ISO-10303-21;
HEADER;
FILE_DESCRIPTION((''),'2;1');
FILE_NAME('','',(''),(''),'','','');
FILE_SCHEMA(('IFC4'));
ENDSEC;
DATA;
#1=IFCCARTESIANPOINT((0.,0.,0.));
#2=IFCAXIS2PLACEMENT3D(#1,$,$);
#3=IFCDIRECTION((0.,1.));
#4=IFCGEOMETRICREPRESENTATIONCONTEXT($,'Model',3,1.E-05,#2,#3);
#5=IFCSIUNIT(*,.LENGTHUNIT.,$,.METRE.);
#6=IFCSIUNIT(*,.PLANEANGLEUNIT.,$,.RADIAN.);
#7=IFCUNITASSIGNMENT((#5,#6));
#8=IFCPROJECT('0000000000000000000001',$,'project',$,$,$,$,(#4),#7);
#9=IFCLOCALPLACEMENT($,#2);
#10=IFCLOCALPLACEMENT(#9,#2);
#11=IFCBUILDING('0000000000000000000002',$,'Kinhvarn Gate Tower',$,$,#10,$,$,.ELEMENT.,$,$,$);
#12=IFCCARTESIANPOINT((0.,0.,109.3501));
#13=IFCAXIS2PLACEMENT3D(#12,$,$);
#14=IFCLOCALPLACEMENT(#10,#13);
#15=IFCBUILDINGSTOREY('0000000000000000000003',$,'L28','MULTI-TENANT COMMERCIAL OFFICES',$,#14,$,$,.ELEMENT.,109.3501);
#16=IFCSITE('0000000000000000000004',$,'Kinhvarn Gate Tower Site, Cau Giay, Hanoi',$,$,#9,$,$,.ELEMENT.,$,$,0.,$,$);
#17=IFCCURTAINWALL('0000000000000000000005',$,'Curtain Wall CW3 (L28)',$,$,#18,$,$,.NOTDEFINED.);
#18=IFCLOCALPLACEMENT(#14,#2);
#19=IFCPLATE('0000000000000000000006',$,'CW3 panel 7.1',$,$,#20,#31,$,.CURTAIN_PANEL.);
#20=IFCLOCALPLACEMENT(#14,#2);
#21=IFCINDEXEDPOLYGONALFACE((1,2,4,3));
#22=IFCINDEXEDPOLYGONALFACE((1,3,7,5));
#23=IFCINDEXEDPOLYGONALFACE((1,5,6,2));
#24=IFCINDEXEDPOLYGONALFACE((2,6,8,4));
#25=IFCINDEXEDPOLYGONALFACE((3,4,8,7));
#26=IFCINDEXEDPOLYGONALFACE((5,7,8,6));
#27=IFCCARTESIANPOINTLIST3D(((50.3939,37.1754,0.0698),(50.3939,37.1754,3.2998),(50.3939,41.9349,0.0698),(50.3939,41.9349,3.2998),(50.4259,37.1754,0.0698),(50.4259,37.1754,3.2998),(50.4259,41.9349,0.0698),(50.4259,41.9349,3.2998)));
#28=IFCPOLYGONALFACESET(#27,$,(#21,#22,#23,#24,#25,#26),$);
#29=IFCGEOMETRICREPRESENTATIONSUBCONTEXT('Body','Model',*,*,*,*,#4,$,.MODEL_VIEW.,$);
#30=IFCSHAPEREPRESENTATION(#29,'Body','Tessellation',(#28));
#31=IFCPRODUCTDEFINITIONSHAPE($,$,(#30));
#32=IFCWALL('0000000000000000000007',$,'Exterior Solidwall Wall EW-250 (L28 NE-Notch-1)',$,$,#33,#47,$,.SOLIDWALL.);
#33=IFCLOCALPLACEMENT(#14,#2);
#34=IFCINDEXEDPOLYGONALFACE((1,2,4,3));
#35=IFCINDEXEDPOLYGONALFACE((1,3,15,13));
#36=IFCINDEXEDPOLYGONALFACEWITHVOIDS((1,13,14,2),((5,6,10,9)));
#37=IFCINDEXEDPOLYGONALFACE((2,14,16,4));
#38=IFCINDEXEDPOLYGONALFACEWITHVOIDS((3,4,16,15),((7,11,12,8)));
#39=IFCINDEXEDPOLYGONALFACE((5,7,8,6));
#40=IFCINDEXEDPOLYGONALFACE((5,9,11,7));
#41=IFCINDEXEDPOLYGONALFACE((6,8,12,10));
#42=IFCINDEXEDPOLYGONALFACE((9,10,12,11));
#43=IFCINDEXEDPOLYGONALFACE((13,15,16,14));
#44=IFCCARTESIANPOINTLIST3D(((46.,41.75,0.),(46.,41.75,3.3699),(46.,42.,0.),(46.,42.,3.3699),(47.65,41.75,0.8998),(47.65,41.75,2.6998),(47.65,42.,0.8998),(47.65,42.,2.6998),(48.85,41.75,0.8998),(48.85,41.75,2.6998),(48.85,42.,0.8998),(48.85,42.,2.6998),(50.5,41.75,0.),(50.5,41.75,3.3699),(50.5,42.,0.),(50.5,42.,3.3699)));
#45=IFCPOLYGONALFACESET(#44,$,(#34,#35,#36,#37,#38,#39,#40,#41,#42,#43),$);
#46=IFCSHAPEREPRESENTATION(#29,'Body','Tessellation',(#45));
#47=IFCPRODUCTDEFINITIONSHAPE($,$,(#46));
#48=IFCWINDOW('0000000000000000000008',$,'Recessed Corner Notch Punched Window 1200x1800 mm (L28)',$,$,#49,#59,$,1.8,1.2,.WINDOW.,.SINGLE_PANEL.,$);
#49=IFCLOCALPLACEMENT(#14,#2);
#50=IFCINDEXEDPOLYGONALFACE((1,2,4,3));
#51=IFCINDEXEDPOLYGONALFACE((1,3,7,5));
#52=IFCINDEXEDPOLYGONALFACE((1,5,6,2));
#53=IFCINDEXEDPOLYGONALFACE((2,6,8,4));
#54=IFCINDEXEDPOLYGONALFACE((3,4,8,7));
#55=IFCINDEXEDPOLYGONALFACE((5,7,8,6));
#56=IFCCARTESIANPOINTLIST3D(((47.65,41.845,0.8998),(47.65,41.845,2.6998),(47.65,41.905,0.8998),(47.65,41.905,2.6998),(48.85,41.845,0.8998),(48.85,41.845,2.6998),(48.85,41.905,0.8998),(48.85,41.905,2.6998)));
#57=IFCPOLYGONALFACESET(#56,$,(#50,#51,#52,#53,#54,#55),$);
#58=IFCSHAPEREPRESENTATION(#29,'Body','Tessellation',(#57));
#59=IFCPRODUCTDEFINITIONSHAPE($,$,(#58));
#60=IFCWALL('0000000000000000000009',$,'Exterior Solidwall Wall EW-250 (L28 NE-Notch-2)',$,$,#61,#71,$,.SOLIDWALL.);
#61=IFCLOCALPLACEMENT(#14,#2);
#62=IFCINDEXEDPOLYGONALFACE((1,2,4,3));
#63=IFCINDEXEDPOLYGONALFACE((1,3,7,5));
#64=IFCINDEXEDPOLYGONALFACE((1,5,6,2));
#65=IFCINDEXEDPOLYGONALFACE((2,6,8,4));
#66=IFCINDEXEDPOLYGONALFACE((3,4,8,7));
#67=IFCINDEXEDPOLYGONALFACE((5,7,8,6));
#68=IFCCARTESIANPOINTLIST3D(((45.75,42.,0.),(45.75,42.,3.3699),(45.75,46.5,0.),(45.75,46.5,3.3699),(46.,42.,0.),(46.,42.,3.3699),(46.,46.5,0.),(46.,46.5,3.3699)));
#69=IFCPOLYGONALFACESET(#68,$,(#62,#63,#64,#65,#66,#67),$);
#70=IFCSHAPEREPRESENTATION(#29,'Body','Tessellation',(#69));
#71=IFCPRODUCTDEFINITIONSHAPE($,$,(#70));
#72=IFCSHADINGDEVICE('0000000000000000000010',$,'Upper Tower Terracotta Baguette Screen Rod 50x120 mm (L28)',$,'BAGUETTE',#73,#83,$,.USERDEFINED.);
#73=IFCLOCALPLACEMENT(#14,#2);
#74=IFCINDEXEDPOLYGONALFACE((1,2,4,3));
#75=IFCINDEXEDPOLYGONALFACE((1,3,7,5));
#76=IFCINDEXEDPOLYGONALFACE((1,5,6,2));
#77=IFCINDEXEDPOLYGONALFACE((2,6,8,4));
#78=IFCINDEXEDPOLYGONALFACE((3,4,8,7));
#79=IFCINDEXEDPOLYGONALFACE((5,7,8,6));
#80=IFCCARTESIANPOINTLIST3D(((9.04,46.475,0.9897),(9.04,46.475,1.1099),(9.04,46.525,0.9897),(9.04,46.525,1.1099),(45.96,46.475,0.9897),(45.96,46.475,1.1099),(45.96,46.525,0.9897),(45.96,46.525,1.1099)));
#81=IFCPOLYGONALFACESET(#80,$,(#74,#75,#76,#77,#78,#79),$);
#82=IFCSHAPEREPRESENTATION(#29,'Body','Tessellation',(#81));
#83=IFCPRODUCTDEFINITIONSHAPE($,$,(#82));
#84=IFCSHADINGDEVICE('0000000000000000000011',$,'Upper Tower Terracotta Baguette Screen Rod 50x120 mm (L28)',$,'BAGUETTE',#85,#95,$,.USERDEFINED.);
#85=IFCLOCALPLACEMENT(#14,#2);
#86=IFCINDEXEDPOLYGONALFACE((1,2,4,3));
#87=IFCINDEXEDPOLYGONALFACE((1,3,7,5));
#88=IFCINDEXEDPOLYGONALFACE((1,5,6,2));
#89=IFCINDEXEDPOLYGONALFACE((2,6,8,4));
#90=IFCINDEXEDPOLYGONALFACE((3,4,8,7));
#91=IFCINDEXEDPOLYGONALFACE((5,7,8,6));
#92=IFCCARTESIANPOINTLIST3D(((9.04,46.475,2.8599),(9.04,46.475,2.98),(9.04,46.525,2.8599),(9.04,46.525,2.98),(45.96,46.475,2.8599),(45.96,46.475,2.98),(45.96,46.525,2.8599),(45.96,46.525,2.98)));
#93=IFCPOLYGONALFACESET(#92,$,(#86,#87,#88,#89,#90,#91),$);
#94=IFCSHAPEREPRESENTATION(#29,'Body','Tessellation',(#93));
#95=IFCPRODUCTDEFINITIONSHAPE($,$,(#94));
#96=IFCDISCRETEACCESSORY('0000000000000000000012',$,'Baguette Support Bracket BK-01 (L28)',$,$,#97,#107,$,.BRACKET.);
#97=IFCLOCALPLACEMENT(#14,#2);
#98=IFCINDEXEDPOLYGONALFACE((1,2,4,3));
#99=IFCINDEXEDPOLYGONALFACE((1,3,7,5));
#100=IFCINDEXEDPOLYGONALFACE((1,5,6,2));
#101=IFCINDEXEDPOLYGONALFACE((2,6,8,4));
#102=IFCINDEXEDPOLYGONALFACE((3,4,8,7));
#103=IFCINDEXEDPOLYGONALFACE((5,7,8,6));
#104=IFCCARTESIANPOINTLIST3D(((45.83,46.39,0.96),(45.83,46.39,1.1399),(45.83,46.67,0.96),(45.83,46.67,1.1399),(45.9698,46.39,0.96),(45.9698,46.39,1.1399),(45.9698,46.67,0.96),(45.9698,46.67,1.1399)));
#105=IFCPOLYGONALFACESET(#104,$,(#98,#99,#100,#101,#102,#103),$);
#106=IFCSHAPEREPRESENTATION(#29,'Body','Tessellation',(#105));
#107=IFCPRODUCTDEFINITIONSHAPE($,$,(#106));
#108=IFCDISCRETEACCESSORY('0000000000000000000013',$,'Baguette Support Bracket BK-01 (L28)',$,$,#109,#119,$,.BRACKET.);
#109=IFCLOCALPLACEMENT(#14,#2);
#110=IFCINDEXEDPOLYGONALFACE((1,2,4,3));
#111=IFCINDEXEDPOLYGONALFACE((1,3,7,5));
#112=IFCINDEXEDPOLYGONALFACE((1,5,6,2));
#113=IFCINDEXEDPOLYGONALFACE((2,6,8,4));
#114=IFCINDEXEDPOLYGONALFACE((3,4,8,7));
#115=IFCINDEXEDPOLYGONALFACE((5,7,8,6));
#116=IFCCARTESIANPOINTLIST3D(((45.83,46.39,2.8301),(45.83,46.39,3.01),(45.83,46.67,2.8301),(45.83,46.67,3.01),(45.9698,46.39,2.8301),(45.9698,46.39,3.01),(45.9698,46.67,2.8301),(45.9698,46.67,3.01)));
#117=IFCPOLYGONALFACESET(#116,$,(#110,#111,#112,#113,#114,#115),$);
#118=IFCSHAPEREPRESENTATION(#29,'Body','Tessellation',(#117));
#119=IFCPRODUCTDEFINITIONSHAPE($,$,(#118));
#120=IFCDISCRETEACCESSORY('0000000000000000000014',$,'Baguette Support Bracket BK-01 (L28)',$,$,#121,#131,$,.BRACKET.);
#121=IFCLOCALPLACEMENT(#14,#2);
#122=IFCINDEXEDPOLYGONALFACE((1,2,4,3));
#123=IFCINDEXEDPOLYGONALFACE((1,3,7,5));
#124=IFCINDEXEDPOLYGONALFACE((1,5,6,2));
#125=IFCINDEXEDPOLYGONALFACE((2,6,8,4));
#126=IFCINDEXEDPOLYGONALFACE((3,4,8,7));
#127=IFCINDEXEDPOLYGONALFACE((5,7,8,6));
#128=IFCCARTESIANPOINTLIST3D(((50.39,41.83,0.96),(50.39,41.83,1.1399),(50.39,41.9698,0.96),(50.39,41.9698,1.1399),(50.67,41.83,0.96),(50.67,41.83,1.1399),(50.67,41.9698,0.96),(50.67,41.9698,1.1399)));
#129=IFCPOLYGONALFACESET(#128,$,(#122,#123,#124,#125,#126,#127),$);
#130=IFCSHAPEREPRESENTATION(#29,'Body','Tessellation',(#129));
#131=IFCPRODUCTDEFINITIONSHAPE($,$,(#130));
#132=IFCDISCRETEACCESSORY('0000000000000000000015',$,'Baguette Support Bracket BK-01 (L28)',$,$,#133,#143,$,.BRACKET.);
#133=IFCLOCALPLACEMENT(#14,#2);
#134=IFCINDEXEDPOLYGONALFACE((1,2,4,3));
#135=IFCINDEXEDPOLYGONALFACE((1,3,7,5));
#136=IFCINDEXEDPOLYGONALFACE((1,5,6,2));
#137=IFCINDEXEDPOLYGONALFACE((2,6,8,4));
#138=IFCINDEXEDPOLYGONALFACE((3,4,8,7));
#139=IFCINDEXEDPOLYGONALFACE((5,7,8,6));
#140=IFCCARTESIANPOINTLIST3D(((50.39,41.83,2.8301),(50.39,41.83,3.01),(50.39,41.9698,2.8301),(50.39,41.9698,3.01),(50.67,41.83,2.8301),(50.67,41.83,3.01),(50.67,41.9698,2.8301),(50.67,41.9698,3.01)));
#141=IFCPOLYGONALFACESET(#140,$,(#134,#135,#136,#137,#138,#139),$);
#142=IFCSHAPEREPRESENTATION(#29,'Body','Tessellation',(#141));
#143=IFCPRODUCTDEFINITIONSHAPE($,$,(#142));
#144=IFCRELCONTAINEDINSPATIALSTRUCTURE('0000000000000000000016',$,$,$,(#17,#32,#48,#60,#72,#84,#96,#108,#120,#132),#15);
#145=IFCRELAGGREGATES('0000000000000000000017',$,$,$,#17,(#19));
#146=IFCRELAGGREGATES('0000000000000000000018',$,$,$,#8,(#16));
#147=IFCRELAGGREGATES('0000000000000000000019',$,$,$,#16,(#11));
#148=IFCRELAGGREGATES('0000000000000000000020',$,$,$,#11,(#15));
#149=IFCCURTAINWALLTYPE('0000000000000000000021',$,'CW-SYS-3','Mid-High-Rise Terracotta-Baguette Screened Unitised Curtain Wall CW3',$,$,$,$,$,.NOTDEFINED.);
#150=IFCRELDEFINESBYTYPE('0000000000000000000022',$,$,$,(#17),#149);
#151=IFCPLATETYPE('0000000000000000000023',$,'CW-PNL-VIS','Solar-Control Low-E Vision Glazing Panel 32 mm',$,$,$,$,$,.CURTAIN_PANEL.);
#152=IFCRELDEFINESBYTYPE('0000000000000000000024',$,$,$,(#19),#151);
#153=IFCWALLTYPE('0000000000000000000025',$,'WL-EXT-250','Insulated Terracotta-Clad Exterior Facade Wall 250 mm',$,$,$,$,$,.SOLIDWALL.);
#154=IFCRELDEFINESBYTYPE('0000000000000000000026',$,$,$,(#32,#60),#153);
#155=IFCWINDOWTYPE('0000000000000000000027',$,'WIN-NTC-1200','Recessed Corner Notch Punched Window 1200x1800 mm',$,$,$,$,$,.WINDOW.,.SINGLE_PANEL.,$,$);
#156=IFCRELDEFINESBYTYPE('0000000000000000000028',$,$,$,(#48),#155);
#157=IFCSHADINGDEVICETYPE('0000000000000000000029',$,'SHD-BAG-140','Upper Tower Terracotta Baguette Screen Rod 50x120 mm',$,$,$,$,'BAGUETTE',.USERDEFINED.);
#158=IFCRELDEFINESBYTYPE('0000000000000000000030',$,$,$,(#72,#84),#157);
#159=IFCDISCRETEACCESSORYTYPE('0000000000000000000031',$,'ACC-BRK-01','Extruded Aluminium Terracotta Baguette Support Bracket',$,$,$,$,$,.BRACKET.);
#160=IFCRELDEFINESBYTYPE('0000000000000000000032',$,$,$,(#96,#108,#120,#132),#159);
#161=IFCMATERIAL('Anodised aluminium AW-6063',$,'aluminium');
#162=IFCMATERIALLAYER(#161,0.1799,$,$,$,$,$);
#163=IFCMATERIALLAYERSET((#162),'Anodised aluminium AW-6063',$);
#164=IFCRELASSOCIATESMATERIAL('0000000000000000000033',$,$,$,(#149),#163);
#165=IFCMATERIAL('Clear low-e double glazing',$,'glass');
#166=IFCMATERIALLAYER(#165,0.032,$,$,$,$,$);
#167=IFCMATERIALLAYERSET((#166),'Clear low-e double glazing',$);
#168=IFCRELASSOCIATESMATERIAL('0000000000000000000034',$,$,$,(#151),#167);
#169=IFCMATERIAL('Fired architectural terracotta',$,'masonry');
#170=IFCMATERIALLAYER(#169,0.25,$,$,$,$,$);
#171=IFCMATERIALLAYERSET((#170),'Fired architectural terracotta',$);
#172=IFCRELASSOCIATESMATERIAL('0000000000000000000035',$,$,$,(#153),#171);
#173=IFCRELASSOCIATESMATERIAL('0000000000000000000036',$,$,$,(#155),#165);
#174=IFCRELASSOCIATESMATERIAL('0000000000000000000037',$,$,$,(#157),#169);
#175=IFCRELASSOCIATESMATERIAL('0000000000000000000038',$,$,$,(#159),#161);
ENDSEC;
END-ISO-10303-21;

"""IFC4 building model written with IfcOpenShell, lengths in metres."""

from ifc_helpers import new_model, si_unit, direction, frame, frame_2d, origin, origin_2d, place, context, subcontext, project, spatial, rectangle, extrude, material, layer, layer_set, material_profile, profile_set, type_object, element, fill, aggregate, save


model = new_model("IFC4")

# Units and contexts
model_context = context("Model", 3, precision=1e-05, world=origin(), true_north=direction((0.0, 1.0)))
body_context = subcontext(model_context, "Body", "Model", "MODEL_VIEW")
ifc_project = project(units=[si_unit("LENGTHUNIT", "METRE"), si_unit("PLANEANGLEUNIT", "RADIAN")], contexts=[model_context])

# Site, building, storey
site_placement = place(None, origin())
site = spatial("IfcSite", under=ifc_project, at=site_placement, Name="Kinhvarn Gate Tower Site, Cau Giay, Hanoi", CompositionType="ELEMENT", RefElevation=0.0)
building_placement = place(site_placement, origin())
building = spatial("IfcBuilding", under=site, at=building_placement, Name="Kinhvarn Gate Tower", CompositionType="ELEMENT")
storey_placement = place(building_placement, frame((0.0, 0.0, 109.3501)))
storey = spatial("IfcBuildingStorey", under=building, at=storey_placement, Name="L28", Description="MULTI-TENANT COMMERCIAL OFFICES", CompositionType="ELEMENT", Elevation=109.3501)

# Curtain wall
ifc_material_1 = material(Name="Anodised aluminium AW-6063", Category="aluminium")
ifc_layer_1 = layer(ifc_material_1, 0.1799)
ifc_layer_set_1 = layer_set([ifc_layer_1], Name="Anodised aluminium AW-6063")
curtain_wall_type = type_object("IfcCurtainWallType", Name="CW-SYS-3", Description="Mid-High-Rise Terracotta-Baguette Screened Unitised Curtain Wall CW3", PredefinedType="NOTDEFINED", material=ifc_layer_set_1)
curtain_wall_1_placement = place(storey_placement, origin())
curtain_wall_1 = element("IfcCurtainWall", 1, at=curtain_wall_1_placement, inside=storey, type_object=curtain_wall_type, Name="Curtain Wall CW3 (L28)", PredefinedType="NOTDEFINED")

# Plate
ifc_material_2 = material(Name="Clear low-e double glazing", Category="glass")
ifc_layer_2 = layer(ifc_material_2, 0.032)
ifc_layer_set_2 = layer_set([ifc_layer_2], Name="Clear low-e double glazing")
plate_type = type_object("IfcPlateType", Name="CW-PNL-VIS", Description="Solar-Control Low-E Vision Glazing Panel 32 mm", PredefinedType="CURTAIN_PANEL", material=ifc_layer_set_2)
plate_1_placement = place(storey_placement, frame((50.4099, 39.5552, 0.0698), z_axis=(0.0, 0.0, 1.0), x_axis=(0.0, 1.0, 0.0)))
plate_1 = element("IfcPlate", 2, at=plate_1_placement, type_object=plate_type, Name="CW3 panel 7.1", PredefinedType="CURTAIN_PANEL", context=body_context, shape_type="SweptSolid", body=[
    extrude(rectangle(XDim=4.7595, YDim=0.032, at=origin_2d()), origin(), (0.0, 0.0, 1.0), 3.23),
])
aggregate(curtain_wall_1, [plate_1])

# Wall, opening, window
ifc_material_3 = material(Name="Fired architectural terracotta", Category="masonry")
ifc_layer_3 = layer(ifc_material_3, 0.25)
ifc_layer_set_3 = layer_set([ifc_layer_3], Name="Fired architectural terracotta")
wall_type = type_object("IfcWallType", Name="WL-EXT-250", Description="Insulated Terracotta-Clad Exterior Facade Wall 250 mm", PredefinedType="SOLIDWALL", material=ifc_layer_set_3)
wall_1_placement = place(storey_placement, frame((50.5, 41.875, 0.0), z_axis=(0.0, 0.0, 1.0), x_axis=(-1.0, 0.0, 0.0)))
wall_1 = element("IfcWall", 3, at=wall_1_placement, inside=storey, type_object=wall_type, Name="Exterior Solidwall Wall EW-250 (L28 NE-Notch-1)", PredefinedType="SOLIDWALL", context=body_context, shape_type="SweptSolid", body=[
    extrude(rectangle(XDim=4.5, YDim=0.25, at=frame_2d((2.25, 0.0))), origin(), (0.0, 0.0, 1.0), 3.3699),
])
opening_placement = place(wall_1_placement, frame((1.6499, 0.0, 0.8999)))
opening = element("IfcOpeningElement", 4, at=opening_placement, cuts=wall_1, PredefinedType="OPENING", context=body_context, shape_type="SweptSolid", body=[
    extrude(rectangle(XDim=1.2, YDim=1.8, at=frame_2d((0.6001, 0.8999))), frame((0.0, 0.135, 0.0), z_axis=(0.0, -1.0, 0.0), x_axis=(1.0, 0.0, 0.0)), (0.0, 0.0, 1.0), 0.27),
])
window_type = type_object("IfcWindowType", Name="WIN-NTC-1200", Description="Recessed Corner Notch Punched Window 1200x1800 mm", PartitioningType="SINGLE_PANEL", PredefinedType="WINDOW", material=ifc_material_2)
window_placement = place(opening_placement, origin())
window = element("IfcWindow", 5, at=window_placement, inside=storey, type_object=window_type, Name="Recessed Corner Notch Punched Window 1200x1800 mm (L28)", OverallHeight=1.8, OverallWidth=1.2, PartitioningType="SINGLE_PANEL", PredefinedType="WINDOW", context=body_context, shape_type="SweptSolid", body=[
    extrude(rectangle(XDim=1.2, YDim=1.8, at=frame_2d((0.6001, 0.8999))), frame((0.0, 0.03, 0.0), z_axis=(0.0, -1.0, 0.0), x_axis=(1.0, 0.0, 0.0)), (0.0, 0.0, 1.0), 0.0601),
])
fill(opening, window)

# Wall
wall_2_placement = place(storey_placement, frame((45.875, 42.0, 0.0), z_axis=(0.0, 0.0, 1.0), x_axis=(0.0, 1.0, 0.0)))
element("IfcWall", 6, at=wall_2_placement, inside=storey, type_object=wall_type, Name="Exterior Solidwall Wall EW-250 (L28 NE-Notch-2)", PredefinedType="SOLIDWALL", context=body_context, shape_type="SweptSolid", body=[
    extrude(rectangle(XDim=4.5, YDim=0.25, at=frame_2d((2.25, 0.0))), origin(), (0.0, 0.0, 1.0), 3.3699),
])

# Shading devices
ifc_material_profile_1 = material_profile(ifc_material_3, rectangle(XDim=0.05, YDim=0.1201, at=origin_2d()), Name="TC 50x120")
ifc_profile_set_1 = profile_set([ifc_material_profile_1], Name="Fired architectural terracotta")
shading_device_type = type_object("IfcShadingDeviceType", Name="SHD-BAG-140", Description="Upper Tower Terracotta Baguette Screen Rod 50x120 mm", ElementType="BAGUETTE", PredefinedType="USERDEFINED", material=ifc_profile_set_1)
for number, where, z_axis, x_axis, name in (
    (7, (45.96, 46.5, 1.0498), (-1.0, 0.0, 0.0), (0.0, -1.0, 0.0), "Upper Tower Terracotta Baguette Screen Rod 50x120 mm (L28)"),
    (8, (45.96, 46.5, 2.9199), (-1.0, 0.0, 0.0), (0.0, -1.0, 0.0), "Upper Tower Terracotta Baguette Screen Rod 50x120 mm (L28)"),
):
    element("IfcShadingDevice", number, at=place(storey_placement, frame(where, z_axis=z_axis, x_axis=x_axis)), inside=storey, type_object=shading_device_type, Name=name, ObjectType="BAGUETTE", PredefinedType="USERDEFINED", context=body_context, shape_type="SweptSolid", body=[
        extrude(rectangle(XDim=0.05, YDim=0.1201, at=origin_2d()), origin(), (0.0, 0.0, 1.0), 36.9199),
    ])

# Discrete accessories
discrete_accessory_type = type_object("IfcDiscreteAccessoryType", Name="ACC-BRK-01", Description="Extruded Aluminium Terracotta Baguette Support Bracket", PredefinedType="BRACKET", material=ifc_material_1)
for number, where, z_axis, x_axis, name in (
    (9, (45.8999, 46.53, 0.96), (0.0, 0.0, 1.0), (-1.0, 0.0, 0.0), "Baguette Support Bracket BK-01 (L28)"),
    (10, (45.8999, 46.53, 2.8301), (0.0, 0.0, 1.0), (-1.0, 0.0, 0.0), "Baguette Support Bracket BK-01 (L28)"),
    (11, (50.53, 41.8999, 0.96), (0.0, 0.0, 1.0), (0.0, 1.0, 0.0), "Baguette Support Bracket BK-01 (L28)"),
    (12, (50.53, 41.8999, 2.8301), (0.0, 0.0, 1.0), (0.0, 1.0, 0.0), "Baguette Support Bracket BK-01 (L28)"),
):
    element("IfcDiscreteAccessory", number, at=place(storey_placement, frame(where, z_axis=z_axis, x_axis=x_axis)), inside=storey, type_object=discrete_accessory_type, Name=name, PredefinedType="BRACKET", context=body_context, shape_type="SweptSolid", body=[
        extrude(rectangle(XDim=0.1399, YDim=0.28, at=origin_2d()), origin(), (0.0, 0.0, 1.0), 0.1799),
    ])

save(model, "model.ifc")
